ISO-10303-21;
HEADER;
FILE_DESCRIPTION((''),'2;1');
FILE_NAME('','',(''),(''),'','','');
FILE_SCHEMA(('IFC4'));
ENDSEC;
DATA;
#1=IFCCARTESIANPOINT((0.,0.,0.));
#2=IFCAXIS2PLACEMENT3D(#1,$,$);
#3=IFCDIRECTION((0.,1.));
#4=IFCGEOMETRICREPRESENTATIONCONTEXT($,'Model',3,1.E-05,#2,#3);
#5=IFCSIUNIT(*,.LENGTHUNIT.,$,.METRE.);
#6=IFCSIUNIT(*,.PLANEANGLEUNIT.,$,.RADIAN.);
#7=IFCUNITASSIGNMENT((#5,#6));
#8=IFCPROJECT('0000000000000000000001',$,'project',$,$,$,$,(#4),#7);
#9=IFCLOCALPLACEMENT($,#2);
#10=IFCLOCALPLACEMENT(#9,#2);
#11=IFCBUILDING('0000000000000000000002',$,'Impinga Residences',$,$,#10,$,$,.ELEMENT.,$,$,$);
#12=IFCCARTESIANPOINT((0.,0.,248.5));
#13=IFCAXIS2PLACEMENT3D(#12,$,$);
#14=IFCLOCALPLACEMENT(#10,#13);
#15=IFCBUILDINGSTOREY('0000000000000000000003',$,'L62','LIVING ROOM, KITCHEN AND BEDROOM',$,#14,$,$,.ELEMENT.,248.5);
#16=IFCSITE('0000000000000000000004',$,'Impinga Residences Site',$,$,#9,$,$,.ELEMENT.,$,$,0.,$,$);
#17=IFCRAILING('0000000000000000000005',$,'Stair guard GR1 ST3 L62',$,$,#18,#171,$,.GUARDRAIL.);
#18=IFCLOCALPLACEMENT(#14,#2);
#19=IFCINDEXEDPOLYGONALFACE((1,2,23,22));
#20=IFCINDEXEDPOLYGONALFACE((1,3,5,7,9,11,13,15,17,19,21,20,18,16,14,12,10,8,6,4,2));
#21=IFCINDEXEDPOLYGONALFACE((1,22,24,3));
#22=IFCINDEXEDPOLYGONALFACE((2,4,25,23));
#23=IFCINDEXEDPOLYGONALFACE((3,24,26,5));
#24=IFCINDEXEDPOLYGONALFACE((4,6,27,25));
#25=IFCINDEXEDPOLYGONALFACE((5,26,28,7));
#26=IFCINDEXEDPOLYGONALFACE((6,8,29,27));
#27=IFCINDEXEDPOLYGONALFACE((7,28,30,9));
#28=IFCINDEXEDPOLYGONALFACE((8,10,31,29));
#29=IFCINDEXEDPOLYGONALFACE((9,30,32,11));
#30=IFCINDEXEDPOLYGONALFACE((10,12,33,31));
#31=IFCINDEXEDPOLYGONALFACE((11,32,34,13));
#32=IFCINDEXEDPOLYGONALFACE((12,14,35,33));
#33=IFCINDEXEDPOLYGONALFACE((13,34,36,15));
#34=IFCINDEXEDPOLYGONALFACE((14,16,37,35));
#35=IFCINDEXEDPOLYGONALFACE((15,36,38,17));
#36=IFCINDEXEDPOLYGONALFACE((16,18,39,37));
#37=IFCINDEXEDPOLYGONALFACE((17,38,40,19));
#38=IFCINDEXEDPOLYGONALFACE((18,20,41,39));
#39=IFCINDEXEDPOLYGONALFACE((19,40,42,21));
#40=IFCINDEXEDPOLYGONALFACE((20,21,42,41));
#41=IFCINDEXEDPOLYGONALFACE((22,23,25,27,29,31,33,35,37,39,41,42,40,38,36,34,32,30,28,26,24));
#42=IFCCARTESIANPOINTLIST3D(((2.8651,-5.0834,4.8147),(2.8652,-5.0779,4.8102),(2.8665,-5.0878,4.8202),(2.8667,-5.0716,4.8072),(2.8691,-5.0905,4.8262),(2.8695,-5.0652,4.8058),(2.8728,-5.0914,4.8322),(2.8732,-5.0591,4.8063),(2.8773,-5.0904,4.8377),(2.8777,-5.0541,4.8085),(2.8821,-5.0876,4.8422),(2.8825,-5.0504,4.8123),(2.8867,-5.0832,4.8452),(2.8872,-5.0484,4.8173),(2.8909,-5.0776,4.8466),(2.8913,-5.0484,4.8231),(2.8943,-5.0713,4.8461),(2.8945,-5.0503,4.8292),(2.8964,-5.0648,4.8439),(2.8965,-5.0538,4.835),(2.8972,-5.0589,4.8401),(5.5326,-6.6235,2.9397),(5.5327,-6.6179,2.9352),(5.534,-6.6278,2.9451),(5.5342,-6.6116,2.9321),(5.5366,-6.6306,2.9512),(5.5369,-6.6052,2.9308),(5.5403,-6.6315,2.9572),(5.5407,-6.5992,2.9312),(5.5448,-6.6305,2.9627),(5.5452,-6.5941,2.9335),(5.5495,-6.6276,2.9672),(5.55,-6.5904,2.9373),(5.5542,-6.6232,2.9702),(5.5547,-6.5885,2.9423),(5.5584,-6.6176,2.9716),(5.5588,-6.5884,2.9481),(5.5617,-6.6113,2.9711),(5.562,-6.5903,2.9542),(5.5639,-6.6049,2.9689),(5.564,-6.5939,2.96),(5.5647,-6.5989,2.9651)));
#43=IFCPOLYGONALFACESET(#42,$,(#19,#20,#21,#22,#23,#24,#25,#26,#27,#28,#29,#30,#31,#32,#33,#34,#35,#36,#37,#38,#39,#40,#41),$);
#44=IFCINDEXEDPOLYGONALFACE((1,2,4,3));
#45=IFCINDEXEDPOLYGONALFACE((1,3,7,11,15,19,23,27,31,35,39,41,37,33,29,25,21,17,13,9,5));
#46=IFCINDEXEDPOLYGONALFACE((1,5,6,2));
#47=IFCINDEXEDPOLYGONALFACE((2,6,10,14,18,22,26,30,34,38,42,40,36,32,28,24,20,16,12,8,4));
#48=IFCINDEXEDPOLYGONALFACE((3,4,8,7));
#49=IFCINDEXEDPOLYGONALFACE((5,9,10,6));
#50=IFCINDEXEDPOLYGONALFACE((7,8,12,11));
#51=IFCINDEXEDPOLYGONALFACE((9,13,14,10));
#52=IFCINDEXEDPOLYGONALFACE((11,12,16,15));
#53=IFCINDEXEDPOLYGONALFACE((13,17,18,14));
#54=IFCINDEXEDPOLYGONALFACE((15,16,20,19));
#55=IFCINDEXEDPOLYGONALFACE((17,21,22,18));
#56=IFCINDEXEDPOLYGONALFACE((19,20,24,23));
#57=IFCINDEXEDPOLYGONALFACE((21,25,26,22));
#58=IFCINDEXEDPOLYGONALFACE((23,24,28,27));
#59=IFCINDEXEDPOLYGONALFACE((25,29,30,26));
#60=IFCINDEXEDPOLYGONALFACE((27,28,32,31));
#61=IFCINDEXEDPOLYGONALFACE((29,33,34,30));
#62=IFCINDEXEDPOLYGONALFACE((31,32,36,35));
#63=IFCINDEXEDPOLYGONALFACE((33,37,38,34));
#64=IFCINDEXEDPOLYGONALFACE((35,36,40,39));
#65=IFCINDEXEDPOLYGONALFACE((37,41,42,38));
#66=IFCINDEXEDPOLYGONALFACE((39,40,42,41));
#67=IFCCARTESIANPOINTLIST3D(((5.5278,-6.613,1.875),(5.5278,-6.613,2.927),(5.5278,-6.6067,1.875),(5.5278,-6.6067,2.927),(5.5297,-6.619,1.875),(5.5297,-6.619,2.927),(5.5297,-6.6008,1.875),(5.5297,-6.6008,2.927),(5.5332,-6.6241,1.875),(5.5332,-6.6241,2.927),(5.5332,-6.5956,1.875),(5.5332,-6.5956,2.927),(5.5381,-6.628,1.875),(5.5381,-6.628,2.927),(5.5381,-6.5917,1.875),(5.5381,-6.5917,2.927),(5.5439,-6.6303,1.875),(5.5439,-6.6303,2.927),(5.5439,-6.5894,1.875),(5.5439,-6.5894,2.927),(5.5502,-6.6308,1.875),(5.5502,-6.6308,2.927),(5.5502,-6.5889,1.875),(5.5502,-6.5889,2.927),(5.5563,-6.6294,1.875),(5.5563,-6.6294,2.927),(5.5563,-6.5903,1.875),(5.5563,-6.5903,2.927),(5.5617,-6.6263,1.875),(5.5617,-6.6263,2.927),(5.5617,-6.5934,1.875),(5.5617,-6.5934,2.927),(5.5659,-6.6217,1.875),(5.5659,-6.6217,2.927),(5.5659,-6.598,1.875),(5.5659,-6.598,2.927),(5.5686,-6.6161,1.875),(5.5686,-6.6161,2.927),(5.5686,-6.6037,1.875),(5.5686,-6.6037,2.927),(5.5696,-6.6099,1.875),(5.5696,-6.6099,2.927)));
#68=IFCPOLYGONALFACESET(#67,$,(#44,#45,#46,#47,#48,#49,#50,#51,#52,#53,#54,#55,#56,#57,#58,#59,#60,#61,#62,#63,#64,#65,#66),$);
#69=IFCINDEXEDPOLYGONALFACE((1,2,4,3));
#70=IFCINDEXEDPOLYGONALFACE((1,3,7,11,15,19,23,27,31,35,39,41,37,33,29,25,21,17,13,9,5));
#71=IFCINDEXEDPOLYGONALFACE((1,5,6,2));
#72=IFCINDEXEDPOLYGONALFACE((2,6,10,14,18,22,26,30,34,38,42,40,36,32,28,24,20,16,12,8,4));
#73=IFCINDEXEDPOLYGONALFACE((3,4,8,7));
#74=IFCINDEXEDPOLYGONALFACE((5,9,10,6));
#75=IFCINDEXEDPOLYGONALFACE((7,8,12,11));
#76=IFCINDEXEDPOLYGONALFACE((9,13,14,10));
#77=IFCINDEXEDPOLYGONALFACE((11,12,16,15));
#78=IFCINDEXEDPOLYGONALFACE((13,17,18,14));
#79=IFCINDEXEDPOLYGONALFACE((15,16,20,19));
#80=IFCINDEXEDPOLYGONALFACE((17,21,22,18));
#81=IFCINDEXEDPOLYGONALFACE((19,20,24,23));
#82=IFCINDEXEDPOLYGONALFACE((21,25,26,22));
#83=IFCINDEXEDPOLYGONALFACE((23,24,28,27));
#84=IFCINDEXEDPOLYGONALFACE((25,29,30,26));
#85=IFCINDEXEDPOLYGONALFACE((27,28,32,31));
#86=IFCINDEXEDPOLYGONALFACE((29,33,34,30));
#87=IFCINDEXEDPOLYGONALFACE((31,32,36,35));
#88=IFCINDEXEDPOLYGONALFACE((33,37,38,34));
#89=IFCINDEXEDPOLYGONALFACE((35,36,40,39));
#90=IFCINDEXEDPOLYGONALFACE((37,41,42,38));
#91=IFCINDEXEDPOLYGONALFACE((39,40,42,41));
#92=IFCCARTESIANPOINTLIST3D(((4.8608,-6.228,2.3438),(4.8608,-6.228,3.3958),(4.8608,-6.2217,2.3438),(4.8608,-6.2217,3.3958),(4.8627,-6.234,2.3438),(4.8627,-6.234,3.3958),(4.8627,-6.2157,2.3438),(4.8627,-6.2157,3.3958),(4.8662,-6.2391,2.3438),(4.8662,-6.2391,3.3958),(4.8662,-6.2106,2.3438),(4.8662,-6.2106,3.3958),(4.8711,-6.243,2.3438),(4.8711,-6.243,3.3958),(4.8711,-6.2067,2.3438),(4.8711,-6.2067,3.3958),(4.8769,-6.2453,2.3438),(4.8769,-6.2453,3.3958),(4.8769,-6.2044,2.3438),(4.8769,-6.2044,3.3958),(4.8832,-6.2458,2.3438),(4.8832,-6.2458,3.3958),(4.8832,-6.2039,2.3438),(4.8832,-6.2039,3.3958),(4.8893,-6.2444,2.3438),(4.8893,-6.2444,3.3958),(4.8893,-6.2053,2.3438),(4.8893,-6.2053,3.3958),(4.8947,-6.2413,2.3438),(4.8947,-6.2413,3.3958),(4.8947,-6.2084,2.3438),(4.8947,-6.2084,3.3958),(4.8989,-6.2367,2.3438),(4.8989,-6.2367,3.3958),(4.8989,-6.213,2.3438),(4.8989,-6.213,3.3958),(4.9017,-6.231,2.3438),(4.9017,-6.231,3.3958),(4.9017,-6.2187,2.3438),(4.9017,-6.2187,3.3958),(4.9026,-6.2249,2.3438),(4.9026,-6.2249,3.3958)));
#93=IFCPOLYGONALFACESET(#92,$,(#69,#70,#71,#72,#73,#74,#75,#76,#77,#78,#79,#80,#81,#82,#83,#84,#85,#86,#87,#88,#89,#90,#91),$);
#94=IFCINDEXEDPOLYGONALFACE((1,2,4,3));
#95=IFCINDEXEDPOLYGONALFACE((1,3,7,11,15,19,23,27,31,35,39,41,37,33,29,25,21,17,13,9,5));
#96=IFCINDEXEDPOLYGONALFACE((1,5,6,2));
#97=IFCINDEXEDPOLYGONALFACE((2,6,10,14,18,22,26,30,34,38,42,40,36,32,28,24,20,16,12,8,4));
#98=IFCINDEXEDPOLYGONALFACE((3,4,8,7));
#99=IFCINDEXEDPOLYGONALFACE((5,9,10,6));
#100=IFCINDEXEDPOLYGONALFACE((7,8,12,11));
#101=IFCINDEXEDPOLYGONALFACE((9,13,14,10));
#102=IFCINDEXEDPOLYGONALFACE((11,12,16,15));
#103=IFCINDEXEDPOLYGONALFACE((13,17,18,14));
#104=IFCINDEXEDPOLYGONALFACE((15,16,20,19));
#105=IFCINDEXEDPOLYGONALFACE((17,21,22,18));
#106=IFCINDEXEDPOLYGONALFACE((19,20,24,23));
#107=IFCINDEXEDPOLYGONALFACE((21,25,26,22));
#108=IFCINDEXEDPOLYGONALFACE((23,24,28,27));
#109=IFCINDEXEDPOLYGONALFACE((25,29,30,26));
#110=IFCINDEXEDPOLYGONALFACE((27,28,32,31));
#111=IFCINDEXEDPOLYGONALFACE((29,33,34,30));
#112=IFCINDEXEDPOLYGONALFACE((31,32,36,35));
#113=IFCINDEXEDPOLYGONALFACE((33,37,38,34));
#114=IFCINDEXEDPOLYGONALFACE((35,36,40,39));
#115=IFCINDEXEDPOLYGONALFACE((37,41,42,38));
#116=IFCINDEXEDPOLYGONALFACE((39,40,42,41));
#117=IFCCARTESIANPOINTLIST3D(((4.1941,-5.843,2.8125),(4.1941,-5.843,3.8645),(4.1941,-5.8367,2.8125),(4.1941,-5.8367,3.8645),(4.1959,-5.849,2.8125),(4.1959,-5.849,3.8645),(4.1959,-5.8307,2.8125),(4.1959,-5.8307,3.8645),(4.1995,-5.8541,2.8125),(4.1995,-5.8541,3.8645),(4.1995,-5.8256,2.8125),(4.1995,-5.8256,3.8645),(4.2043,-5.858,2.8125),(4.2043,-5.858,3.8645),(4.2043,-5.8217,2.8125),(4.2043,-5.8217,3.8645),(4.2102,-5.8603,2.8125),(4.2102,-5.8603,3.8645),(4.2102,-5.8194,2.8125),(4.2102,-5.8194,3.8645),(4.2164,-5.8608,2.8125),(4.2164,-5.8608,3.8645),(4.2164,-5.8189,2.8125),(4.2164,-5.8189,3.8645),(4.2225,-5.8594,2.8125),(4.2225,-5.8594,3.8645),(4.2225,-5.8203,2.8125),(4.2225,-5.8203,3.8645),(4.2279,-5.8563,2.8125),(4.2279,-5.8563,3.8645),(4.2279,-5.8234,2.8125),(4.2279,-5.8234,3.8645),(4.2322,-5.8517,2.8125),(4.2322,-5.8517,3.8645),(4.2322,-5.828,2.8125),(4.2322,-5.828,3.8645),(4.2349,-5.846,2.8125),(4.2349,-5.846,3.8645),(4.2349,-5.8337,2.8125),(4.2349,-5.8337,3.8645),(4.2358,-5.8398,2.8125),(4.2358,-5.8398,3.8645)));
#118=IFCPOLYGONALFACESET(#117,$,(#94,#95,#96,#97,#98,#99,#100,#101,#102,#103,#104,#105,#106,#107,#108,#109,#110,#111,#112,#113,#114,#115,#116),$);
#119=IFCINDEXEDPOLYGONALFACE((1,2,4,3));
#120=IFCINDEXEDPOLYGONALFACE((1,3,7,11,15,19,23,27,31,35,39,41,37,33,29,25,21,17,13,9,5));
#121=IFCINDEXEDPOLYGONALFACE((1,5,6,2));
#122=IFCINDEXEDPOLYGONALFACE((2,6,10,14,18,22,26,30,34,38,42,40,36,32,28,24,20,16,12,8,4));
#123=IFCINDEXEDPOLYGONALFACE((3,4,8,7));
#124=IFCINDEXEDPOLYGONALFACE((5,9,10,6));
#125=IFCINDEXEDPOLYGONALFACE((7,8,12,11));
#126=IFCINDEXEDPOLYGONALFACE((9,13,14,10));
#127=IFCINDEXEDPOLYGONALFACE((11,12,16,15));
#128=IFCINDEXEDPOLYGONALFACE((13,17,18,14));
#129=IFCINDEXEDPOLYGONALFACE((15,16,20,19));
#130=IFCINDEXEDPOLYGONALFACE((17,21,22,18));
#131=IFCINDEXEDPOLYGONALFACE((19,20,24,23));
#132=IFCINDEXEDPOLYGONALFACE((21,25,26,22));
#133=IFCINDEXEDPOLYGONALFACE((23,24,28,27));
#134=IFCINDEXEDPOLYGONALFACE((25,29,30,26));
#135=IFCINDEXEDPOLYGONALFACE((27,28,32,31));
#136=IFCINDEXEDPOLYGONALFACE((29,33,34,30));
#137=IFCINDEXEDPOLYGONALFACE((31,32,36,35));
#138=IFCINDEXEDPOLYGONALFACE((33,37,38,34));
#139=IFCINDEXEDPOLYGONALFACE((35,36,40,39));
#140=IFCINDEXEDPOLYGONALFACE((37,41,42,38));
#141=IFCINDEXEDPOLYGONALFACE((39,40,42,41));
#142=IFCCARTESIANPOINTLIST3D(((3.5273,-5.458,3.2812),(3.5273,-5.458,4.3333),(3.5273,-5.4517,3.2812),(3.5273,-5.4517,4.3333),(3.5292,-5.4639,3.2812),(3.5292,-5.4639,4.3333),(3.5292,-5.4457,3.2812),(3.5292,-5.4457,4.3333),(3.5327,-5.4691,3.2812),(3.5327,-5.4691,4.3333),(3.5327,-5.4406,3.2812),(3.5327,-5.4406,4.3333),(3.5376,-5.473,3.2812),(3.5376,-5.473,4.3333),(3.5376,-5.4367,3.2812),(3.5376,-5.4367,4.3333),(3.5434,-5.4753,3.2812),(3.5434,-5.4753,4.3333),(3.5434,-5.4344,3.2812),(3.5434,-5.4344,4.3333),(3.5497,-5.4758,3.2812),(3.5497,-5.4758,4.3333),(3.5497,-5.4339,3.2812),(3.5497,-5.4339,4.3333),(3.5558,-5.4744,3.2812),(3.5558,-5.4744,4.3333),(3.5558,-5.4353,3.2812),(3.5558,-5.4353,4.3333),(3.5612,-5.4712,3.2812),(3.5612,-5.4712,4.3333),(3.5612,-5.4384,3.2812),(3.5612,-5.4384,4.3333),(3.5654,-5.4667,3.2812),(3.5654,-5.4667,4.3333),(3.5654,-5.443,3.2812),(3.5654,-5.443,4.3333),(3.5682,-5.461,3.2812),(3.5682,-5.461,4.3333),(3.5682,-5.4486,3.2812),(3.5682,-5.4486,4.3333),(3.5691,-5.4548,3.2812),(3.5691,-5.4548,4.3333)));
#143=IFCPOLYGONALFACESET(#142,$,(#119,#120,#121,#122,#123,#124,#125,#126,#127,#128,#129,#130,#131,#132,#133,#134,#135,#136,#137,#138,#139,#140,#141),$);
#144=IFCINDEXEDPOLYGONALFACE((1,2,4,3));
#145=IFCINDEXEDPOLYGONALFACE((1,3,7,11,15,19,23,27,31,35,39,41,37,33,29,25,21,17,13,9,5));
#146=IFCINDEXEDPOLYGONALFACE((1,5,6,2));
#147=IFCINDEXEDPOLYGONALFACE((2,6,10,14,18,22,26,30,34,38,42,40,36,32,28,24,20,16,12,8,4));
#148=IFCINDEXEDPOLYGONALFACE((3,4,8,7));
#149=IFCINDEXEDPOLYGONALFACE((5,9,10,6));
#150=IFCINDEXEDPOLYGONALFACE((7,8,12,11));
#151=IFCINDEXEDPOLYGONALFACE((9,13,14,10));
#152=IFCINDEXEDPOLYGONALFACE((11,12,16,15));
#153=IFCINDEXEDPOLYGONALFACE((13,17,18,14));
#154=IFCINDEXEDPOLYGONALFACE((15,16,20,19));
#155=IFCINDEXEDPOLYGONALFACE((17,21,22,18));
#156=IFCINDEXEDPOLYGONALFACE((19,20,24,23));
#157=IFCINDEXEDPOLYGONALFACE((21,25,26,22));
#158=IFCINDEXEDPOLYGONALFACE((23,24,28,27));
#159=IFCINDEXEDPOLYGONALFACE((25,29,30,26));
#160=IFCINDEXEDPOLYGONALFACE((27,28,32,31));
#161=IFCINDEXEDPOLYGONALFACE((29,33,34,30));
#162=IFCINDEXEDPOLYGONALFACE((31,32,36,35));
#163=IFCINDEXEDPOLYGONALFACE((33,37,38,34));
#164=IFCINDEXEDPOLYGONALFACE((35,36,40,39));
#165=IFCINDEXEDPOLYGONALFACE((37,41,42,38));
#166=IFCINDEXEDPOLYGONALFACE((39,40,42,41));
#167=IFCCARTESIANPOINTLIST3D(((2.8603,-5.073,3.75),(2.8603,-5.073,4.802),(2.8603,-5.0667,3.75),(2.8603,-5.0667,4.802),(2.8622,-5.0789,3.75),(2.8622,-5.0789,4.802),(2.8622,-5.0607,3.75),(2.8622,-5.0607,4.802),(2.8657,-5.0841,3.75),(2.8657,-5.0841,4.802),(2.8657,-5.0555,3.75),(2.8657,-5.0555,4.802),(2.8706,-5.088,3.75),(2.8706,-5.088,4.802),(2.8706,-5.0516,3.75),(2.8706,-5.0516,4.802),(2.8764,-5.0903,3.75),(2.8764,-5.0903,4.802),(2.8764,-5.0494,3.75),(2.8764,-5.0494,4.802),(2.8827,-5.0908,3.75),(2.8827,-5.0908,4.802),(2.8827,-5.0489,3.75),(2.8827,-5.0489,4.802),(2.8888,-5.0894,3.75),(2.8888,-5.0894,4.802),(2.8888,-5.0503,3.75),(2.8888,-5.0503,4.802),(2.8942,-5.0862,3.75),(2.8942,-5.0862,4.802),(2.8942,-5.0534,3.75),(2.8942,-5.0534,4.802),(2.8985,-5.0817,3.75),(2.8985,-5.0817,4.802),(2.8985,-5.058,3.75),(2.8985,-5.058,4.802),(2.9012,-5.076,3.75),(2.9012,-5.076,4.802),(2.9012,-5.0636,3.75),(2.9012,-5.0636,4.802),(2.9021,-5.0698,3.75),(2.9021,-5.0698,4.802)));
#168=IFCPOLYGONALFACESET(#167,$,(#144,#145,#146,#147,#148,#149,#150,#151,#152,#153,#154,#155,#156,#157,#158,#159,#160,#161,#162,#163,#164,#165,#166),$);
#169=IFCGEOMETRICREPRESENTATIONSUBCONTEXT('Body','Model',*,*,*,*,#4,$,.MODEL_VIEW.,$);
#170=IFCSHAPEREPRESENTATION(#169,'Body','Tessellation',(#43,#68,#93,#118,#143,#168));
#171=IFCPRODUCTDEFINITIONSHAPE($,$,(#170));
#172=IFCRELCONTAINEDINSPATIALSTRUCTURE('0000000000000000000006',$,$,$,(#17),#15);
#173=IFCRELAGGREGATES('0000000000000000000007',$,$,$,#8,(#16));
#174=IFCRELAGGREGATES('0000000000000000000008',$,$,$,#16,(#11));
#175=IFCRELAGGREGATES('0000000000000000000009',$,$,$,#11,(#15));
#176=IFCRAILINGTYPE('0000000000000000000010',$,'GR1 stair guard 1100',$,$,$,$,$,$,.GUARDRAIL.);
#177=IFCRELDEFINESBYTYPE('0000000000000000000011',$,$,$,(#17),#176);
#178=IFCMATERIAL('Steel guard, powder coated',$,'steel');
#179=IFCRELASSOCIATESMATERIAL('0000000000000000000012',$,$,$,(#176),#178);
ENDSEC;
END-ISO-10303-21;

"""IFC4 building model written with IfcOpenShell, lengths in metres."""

from ifc_helpers import new_model, si_unit, direction, frame, origin, origin_2d, place, context, subcontext, project, spatial, circle, extrude, material, type_object, element, save


model = new_model("IFC4")

# Units and contexts
model_context = context("Model", 3, precision=1e-05, world=origin(), true_north=direction((0.0, 1.0)))
body_context = subcontext(model_context, "Body", "Model", "MODEL_VIEW")
ifc_project = project(units=[si_unit("LENGTHUNIT", "METRE"), si_unit("PLANEANGLEUNIT", "RADIAN")], contexts=[model_context])

# Site, building, storey
site_placement = place(None, origin())
site = spatial("IfcSite", under=ifc_project, at=site_placement, Name="Impinga Residences Site", CompositionType="ELEMENT", RefElevation=0.0)
building_placement = place(site_placement, origin())
building = spatial("IfcBuilding", under=site, at=building_placement, Name="Impinga Residences", CompositionType="ELEMENT")
storey_placement = place(building_placement, frame((0.0, 0.0, 248.5)))
storey = spatial("IfcBuildingStorey", under=building, at=storey_placement, Name="L62", Description="LIVING ROOM, KITCHEN AND BEDROOM", CompositionType="ELEMENT", Elevation=248.5)

# Railing
ifc_material_1 = material(Name="Steel guard, powder coated", Category="steel")
railing_type_1 = type_object("IfcRailingType", Name="GR1 stair guard 1100", PredefinedType="GUARDRAIL", material=ifc_material_1)
railing_1_placement = place(storey_placement, frame((5.5486, -6.6099, 1.875)))
element("IfcRailing", 1, at=railing_1_placement, inside=storey, type_object=railing_type_1, Name="Stair guard GR1 ST3 L62", PredefinedType="GUARDRAIL", context=body_context, shape_type="SweptSolid", body=[
    extrude(circle(Radius=0.0239, at=origin_2d()), frame((0.0, 0.0, 1.0762), z_axis=(-0.739746, 0.427084, 0.519975), x_axis=(-0.499992, -0.86603, 0.0)), (0.0, 0.0, 1.0), 3.606),
    extrude(circle(Radius=0.021, at=origin_2d()), origin(), (0.0, 0.0, 1.0), 1.052),
    extrude(circle(Radius=0.021, at=origin_2d()), frame((-0.667, 0.385, 0.4688)), (0.0, 0.0, 1.0), 1.052),
    extrude(circle(Radius=0.021, at=origin_2d()), frame((-1.3337, 0.77, 0.9375)), (0.0, 0.0, 1.0), 1.052),
    extrude(circle(Radius=0.021, at=origin_2d()), frame((-2.0005, 1.155, 1.4062)), (0.0, 0.0, 1.0), 1.052),
    extrude(circle(Radius=0.021, at=origin_2d()), frame((-2.6675, 1.54, 1.875)), (0.0, 0.0, 1.0), 1.052),
])

save(model, "model.ifc")
